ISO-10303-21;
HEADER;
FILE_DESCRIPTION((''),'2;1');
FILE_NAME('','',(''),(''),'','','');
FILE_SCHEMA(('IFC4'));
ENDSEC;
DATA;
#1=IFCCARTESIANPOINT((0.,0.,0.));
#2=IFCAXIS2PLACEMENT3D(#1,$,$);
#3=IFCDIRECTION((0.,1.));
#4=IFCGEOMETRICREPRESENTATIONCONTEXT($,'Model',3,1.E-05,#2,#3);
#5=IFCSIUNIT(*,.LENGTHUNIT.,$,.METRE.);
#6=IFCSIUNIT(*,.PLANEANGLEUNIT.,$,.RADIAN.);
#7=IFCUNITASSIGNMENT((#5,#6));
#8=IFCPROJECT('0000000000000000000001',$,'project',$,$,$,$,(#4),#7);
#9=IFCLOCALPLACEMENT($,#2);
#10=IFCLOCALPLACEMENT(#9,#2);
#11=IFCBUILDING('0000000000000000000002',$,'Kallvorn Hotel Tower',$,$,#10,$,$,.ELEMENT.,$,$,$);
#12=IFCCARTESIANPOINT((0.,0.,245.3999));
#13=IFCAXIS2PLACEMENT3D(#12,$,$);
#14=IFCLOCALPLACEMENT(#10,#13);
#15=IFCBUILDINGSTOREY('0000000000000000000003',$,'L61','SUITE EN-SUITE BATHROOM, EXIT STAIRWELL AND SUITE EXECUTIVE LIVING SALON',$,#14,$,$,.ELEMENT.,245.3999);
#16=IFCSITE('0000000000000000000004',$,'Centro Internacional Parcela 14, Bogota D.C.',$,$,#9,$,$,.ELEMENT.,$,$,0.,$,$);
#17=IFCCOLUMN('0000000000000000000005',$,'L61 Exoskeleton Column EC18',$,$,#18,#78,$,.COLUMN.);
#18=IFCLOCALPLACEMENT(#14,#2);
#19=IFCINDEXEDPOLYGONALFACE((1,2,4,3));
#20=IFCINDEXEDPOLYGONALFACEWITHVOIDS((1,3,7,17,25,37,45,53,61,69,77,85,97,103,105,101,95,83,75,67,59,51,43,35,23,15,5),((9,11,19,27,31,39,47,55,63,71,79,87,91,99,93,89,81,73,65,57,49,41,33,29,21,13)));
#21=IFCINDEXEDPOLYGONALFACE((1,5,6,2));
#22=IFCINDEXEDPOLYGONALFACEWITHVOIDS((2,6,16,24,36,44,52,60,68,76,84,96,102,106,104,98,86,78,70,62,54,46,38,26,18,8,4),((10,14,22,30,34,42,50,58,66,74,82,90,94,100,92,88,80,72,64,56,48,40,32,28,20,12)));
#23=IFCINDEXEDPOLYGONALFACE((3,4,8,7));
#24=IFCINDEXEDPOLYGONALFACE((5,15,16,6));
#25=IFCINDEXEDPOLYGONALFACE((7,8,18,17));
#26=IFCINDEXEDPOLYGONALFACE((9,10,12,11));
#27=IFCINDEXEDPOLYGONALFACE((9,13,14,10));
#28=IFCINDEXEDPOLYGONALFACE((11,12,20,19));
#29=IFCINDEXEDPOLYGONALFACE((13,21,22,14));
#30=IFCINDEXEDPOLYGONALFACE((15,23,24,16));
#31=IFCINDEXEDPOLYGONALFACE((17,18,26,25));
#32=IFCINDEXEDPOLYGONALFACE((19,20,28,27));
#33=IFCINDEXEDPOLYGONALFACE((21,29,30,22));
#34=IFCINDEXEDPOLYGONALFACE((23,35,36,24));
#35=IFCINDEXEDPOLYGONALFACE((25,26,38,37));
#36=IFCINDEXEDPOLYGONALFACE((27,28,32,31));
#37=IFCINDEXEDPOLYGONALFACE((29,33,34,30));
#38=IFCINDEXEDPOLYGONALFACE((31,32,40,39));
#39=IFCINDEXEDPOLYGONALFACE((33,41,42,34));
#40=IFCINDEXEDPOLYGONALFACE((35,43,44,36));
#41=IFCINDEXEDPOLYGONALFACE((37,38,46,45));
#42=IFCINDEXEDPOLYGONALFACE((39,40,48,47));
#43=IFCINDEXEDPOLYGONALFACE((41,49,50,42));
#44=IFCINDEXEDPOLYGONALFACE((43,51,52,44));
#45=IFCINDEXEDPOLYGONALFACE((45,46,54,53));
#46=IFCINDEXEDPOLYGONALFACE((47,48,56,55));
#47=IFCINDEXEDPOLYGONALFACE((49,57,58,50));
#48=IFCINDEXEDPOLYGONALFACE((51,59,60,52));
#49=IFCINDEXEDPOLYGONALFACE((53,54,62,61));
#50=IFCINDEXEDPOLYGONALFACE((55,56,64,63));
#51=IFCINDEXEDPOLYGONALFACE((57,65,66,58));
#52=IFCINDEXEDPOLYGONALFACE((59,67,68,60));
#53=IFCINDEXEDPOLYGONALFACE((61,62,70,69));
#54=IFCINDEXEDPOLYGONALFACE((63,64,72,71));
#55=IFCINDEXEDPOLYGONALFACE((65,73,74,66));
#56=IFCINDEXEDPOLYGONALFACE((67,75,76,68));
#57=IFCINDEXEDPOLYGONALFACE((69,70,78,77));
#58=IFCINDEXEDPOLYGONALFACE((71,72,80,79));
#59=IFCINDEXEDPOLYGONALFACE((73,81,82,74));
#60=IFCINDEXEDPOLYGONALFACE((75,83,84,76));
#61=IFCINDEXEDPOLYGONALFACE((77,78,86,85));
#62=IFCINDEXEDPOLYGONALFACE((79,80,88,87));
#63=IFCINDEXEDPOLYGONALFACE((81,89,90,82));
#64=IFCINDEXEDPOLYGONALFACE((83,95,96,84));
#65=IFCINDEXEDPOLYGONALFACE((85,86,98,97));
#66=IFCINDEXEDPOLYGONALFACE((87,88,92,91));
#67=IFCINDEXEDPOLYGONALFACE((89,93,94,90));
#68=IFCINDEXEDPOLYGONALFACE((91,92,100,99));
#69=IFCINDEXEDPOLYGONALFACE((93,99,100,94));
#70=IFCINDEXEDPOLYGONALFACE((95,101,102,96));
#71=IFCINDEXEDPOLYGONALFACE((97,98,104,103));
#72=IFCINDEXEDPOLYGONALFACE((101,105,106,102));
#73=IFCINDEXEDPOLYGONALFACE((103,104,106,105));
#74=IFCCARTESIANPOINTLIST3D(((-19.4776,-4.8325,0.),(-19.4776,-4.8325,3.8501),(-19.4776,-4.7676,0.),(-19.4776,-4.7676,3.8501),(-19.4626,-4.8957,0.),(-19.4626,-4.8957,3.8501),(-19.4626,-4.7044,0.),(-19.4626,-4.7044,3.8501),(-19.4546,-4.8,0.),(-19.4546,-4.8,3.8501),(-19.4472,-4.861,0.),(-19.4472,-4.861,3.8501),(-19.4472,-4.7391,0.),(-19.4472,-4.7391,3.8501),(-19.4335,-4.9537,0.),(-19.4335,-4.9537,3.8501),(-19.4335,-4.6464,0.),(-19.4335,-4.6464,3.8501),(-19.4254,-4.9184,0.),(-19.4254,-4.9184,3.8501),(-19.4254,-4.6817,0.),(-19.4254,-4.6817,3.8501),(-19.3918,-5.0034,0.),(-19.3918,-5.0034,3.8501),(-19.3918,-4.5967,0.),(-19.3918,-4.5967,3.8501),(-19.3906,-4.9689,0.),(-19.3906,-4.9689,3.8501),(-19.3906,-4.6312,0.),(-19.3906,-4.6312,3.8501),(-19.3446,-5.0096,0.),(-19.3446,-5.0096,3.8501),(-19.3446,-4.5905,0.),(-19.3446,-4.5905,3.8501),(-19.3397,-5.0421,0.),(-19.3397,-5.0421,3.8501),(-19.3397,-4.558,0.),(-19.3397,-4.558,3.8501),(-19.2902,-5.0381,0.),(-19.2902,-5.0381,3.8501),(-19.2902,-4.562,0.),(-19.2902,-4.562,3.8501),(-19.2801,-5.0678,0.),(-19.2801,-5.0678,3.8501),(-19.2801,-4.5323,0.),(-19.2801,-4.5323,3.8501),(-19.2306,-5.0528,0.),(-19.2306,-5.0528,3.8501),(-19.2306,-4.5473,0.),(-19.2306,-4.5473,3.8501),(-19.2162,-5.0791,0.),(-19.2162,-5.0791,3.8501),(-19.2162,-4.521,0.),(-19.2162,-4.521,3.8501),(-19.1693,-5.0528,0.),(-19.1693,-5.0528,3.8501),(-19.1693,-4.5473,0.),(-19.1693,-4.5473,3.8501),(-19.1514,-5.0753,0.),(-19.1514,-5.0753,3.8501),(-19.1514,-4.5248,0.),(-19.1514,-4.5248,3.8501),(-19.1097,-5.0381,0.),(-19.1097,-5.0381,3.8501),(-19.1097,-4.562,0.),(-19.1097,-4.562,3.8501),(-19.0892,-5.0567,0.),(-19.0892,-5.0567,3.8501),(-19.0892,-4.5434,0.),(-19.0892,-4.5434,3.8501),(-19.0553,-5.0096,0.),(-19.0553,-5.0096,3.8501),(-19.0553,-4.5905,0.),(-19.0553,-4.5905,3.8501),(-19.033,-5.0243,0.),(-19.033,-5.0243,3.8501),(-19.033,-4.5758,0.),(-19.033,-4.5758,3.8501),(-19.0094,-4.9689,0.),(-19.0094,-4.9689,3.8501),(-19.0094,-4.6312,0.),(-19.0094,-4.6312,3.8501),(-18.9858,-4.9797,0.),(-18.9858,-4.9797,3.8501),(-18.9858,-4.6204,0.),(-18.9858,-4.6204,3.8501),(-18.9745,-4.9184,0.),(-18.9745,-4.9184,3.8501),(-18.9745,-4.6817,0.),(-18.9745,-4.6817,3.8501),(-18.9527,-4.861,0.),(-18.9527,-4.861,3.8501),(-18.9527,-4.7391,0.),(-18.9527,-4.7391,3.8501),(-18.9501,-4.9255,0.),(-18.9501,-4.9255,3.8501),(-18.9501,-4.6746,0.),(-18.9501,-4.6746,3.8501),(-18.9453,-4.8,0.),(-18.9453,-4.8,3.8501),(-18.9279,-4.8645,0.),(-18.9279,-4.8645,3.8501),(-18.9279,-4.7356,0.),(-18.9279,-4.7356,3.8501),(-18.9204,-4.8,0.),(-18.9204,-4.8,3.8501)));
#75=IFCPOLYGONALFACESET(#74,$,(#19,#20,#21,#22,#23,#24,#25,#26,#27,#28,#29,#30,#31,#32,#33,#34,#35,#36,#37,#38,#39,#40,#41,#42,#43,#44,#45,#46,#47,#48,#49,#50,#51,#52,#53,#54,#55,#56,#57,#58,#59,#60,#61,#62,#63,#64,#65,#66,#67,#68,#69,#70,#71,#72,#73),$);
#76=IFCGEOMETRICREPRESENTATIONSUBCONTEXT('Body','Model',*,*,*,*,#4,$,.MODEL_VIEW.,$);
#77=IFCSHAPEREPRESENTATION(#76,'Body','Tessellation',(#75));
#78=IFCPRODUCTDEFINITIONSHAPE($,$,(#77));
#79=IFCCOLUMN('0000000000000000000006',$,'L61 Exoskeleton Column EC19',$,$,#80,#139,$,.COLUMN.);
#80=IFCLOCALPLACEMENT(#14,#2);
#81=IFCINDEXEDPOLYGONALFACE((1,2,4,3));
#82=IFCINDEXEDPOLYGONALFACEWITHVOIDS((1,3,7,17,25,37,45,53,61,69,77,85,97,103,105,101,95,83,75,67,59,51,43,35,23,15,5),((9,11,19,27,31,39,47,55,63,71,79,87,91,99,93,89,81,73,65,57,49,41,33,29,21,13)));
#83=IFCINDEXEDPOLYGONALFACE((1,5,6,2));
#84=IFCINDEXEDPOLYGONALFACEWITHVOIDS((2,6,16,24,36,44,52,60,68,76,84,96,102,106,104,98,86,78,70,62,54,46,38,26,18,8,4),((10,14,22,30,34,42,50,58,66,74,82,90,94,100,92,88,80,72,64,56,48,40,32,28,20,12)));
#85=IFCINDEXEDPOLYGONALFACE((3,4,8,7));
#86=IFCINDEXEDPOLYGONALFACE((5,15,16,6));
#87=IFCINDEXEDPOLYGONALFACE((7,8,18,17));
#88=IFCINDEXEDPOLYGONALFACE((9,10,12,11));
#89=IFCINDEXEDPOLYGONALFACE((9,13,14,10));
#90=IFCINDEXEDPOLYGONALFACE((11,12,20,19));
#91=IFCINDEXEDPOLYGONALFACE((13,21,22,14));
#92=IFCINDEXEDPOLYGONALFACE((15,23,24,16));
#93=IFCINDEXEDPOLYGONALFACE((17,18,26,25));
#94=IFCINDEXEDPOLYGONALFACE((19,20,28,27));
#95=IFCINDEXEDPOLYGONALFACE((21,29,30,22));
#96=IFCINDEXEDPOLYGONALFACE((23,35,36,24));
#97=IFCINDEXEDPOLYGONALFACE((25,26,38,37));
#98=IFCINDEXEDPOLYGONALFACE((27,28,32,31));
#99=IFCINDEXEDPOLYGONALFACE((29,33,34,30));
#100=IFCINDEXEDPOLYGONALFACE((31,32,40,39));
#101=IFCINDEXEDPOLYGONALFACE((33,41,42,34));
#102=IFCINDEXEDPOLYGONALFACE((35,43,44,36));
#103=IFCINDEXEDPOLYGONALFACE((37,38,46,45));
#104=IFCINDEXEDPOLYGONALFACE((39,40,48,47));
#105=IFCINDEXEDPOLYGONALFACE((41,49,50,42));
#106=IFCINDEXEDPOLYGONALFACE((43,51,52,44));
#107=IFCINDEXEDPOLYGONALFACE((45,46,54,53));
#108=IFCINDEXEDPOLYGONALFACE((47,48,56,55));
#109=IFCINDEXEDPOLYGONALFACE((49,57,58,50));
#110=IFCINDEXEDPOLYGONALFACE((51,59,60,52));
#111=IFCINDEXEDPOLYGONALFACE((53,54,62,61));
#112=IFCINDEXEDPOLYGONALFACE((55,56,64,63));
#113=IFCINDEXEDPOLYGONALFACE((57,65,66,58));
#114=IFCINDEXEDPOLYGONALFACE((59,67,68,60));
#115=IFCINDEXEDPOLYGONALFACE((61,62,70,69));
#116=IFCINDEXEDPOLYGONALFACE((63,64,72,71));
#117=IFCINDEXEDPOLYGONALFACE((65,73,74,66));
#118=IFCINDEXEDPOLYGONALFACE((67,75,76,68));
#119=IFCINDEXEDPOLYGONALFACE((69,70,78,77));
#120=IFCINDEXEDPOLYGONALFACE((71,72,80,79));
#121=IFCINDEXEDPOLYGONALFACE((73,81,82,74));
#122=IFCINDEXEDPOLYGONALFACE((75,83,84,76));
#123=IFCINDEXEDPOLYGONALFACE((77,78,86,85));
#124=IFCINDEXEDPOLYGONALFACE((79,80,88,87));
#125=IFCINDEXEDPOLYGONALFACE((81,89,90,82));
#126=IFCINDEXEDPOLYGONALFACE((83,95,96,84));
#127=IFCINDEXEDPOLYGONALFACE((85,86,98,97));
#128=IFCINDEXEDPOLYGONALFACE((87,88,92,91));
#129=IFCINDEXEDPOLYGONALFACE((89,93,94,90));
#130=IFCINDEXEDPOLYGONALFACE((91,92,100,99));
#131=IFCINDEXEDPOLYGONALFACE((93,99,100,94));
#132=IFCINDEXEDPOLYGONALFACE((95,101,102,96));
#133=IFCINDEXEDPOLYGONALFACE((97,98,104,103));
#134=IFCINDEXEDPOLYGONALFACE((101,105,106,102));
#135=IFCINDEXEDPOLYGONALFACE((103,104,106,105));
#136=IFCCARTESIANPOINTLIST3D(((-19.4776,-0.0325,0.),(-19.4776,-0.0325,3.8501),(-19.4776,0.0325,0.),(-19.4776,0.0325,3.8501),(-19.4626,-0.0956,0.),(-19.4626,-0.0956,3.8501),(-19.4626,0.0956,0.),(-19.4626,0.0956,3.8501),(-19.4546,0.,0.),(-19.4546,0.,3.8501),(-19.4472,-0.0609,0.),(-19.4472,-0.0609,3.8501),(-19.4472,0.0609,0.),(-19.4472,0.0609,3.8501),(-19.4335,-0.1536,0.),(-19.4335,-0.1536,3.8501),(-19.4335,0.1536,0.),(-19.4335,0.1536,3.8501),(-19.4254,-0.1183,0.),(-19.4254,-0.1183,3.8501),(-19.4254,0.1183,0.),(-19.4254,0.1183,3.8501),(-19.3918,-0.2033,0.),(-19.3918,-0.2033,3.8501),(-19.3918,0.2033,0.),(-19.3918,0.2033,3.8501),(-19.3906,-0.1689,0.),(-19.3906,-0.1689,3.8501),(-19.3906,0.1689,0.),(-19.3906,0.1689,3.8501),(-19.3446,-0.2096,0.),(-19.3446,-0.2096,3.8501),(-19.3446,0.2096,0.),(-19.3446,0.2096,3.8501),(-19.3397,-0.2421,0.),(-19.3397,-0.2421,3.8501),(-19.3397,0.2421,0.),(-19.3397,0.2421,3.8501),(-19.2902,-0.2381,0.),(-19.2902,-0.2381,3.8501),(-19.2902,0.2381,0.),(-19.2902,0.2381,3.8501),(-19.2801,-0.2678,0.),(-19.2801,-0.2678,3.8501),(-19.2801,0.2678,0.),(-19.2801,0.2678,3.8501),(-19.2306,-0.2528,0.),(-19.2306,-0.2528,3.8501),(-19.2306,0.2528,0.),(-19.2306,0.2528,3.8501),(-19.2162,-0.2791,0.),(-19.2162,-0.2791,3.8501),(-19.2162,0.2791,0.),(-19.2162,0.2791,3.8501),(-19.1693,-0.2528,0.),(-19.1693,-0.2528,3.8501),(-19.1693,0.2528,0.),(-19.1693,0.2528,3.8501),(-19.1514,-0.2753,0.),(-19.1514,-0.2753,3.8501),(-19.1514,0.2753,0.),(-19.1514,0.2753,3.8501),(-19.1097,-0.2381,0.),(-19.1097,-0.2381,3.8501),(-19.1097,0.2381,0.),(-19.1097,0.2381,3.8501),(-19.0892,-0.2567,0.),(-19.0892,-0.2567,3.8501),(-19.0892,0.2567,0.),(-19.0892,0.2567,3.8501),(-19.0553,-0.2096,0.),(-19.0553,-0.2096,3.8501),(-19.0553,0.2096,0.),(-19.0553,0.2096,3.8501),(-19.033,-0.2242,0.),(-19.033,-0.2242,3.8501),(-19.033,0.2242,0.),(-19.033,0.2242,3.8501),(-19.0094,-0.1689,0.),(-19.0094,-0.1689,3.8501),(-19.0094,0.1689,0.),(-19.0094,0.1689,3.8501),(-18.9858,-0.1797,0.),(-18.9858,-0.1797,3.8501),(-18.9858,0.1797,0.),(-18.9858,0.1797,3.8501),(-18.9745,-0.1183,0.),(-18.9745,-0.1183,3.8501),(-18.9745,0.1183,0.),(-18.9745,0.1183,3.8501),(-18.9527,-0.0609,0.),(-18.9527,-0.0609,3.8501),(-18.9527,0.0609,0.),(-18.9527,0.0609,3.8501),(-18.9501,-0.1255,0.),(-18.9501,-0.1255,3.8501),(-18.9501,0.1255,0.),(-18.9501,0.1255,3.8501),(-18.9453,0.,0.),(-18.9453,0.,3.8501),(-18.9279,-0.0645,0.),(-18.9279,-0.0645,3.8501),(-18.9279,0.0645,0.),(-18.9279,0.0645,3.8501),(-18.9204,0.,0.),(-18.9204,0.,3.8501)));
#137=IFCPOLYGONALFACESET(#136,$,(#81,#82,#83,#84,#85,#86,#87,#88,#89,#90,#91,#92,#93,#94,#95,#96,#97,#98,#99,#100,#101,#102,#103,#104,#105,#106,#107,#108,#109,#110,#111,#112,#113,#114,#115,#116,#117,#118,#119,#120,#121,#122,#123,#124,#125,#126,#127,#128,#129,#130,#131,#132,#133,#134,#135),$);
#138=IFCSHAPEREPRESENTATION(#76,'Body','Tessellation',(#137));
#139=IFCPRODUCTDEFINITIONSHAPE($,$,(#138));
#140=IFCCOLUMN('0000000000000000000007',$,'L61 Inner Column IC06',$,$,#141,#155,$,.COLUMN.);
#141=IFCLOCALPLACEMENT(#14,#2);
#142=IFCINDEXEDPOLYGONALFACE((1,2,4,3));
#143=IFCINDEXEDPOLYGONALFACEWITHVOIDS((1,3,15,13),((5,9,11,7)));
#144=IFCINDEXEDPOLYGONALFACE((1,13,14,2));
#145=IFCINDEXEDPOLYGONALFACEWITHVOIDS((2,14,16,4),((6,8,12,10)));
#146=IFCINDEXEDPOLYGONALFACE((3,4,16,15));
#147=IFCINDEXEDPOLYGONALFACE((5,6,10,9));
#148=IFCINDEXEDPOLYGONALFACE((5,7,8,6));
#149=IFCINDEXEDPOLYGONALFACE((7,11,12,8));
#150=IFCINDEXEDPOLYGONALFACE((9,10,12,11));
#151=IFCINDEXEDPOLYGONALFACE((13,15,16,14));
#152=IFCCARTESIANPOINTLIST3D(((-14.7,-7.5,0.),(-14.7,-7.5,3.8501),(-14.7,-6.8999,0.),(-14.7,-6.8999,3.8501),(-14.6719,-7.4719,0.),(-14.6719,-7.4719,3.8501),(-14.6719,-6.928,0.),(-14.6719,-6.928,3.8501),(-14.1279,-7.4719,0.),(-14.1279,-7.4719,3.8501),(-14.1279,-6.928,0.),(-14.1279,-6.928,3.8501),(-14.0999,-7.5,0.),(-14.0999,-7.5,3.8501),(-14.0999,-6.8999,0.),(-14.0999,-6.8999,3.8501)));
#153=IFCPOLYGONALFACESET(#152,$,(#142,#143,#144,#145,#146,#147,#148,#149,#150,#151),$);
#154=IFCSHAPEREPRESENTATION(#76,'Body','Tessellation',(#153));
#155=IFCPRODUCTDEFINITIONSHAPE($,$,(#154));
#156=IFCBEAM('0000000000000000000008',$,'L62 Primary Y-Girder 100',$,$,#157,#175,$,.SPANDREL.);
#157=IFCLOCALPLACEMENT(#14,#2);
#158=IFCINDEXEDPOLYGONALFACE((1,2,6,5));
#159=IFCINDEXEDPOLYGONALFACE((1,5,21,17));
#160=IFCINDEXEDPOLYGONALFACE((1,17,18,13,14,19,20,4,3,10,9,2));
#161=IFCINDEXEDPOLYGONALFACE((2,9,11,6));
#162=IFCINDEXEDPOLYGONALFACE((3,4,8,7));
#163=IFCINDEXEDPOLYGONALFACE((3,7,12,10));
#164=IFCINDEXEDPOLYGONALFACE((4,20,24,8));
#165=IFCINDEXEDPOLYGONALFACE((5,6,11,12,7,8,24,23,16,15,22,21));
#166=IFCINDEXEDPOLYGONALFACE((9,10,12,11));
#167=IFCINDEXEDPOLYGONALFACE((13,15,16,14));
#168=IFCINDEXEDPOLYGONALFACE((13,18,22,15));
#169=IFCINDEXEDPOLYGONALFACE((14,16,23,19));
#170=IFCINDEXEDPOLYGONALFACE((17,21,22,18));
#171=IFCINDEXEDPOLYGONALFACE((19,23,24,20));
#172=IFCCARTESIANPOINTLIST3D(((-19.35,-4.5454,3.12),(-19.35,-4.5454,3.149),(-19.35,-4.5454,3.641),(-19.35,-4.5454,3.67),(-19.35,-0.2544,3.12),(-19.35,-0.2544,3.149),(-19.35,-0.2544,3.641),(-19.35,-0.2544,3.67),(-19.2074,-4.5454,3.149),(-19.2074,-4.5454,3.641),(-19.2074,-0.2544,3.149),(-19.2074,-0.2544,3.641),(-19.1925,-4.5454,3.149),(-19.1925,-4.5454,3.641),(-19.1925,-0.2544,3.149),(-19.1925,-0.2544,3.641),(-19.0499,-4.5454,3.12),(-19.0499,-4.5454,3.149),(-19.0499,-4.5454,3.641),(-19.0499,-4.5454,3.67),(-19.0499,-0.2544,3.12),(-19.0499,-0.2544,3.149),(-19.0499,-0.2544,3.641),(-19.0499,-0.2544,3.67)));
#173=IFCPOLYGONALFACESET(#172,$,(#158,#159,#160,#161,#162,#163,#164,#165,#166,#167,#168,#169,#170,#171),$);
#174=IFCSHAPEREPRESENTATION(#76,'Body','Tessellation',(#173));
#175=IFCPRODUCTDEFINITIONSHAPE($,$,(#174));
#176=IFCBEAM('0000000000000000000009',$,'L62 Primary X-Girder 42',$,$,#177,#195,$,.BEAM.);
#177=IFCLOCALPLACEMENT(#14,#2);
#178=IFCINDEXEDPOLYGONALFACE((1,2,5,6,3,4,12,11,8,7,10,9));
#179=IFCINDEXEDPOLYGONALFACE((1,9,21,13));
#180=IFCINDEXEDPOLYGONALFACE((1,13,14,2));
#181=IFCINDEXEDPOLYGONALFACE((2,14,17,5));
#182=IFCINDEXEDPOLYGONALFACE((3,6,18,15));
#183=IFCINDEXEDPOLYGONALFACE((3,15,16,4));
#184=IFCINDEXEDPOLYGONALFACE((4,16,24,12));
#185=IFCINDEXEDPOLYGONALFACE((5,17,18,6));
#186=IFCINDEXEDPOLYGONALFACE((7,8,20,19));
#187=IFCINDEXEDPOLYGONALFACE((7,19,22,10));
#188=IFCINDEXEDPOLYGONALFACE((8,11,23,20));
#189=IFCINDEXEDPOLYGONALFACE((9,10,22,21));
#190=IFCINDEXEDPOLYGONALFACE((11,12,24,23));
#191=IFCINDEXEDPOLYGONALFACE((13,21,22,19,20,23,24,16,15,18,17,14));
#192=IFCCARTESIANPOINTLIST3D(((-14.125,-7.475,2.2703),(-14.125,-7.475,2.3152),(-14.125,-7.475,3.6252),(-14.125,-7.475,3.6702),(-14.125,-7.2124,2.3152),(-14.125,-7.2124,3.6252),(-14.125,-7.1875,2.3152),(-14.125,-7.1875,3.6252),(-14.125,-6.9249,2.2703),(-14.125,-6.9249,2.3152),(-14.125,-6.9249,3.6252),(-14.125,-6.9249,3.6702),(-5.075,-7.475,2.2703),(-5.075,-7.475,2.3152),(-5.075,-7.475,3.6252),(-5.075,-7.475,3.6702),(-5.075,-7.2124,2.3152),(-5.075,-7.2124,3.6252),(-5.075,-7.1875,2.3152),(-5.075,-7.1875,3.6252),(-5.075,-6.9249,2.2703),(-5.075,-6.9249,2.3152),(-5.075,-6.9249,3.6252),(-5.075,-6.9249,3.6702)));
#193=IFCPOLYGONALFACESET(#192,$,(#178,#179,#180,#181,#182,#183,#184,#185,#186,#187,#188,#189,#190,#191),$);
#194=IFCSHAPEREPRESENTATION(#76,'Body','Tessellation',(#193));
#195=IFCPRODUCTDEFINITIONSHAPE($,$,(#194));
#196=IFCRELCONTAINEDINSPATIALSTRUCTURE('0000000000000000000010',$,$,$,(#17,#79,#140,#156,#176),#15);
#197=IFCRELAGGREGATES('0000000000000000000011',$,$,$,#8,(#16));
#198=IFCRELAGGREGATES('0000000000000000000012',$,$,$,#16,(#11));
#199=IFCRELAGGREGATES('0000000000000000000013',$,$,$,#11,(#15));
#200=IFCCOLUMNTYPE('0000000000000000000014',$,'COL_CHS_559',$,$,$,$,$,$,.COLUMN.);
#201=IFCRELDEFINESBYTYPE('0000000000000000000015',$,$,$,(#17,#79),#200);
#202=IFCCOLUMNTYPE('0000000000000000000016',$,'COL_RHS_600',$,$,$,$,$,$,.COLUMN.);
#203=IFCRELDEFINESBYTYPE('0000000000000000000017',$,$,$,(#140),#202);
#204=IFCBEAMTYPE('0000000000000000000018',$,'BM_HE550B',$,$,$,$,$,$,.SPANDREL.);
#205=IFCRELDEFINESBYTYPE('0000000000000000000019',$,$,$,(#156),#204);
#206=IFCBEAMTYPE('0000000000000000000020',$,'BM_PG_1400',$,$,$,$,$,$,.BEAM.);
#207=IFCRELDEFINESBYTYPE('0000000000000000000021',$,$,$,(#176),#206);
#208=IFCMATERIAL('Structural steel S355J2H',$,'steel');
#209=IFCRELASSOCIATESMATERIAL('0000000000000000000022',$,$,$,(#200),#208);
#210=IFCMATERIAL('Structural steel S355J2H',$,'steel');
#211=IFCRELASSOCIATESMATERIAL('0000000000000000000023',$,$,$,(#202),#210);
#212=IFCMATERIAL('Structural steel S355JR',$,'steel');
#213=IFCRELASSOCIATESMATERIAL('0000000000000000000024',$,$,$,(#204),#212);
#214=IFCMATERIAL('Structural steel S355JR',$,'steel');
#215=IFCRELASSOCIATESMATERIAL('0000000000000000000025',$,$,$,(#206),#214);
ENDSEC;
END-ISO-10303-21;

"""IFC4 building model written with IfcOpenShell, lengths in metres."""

from ifc_helpers import new_model, si_unit, direction, frame, origin, origin_2d, place, context, subcontext, project, spatial, hollow_rectangle, hollow_circle, i_section, extrude, material, material_profile, profile_set, type_object, element, save


model = new_model("IFC4")

# Units and contexts
model_context = context("Model", 3, precision=1e-05, world=origin(), true_north=direction((0.0, 1.0)))
body_context = subcontext(model_context, "Body", "Model", "MODEL_VIEW")
ifc_project = project(units=[si_unit("LENGTHUNIT", "METRE"), si_unit("PLANEANGLEUNIT", "RADIAN")], contexts=[model_context])

# Site, building, storey
site_placement = place(None, origin())
site = spatial("IfcSite", under=ifc_project, at=site_placement, Name="Centro Internacional Parcela 14, Bogota D.C.", CompositionType="ELEMENT", RefElevation=0.0)
building_placement = place(site_placement, origin())
building = spatial("IfcBuilding", under=site, at=building_placement, Name="Kallvorn Hotel Tower", CompositionType="ELEMENT")
storey_placement = place(building_placement, frame((0.0, 0.0, 245.3999)))
storey = spatial("IfcBuildingStorey", under=building, at=storey_placement, Name="L61", Description="SUITE EN-SUITE BATHROOM, EXIT STAIRWELL AND SUITE EXECUTIVE LIVING SALON", CompositionType="ELEMENT", Elevation=245.3999)

# Columns
ifc_material_1 = material(Name="Structural steel S355J2H", Category="steel")
ifc_material_profile_1 = material_profile(ifc_material_1, hollow_circle(Radius=0.2795, WallThickness=0.0249, at=origin_2d()), Name="CHS 559x25")
ifc_profile_set_1 = profile_set([ifc_material_profile_1], Name="Structural steel S355J2H")
column_type_1 = type_object("IfcColumnType", Name="COL_CHS_559", PredefinedType="COLUMN", material=ifc_profile_set_1)
for number, where, z_axis, x_axis, name in (
    (1, (-19.2, -4.8, 0.0), (0.0, 0.0, 1.0), (1.0, 0.0, 0.0), "L61 Exoskeleton Column EC18"),
    (2, (-19.2, 0.0, 0.0), (0.0, 0.0, 1.0), (1.0, 0.0, 0.0), "L61 Exoskeleton Column EC19"),
):
    element("IfcColumn", number, at=place(storey_placement, frame(where, z_axis=z_axis, x_axis=x_axis)), inside=storey, type_object=column_type_1, Name=name, PredefinedType="COLUMN", context=body_context, shape_type="SweptSolid", body=[
        extrude(hollow_circle(Radius=0.2795, WallThickness=0.0249, at=origin_2d()), origin(), (0.0, 0.0, 1.0), 3.8501),
    ])
ifc_material_2 = material(Name="Structural steel S355J2H", Category="steel")
ifc_material_profile_2 = material_profile(ifc_material_2, hollow_rectangle(XDim=0.6001, YDim=0.6001, WallThickness=0.0281, at=origin_2d()), Name="RHS 600x600x28")
ifc_profile_set_2 = profile_set([ifc_material_profile_2], Name="Structural steel S355J2H")
column_type_2 = type_object("IfcColumnType", Name="COL_RHS_600", PredefinedType="COLUMN", material=ifc_profile_set_2)
column_placement = place(storey_placement, frame((-14.3999, -7.2, 0.0), z_axis=(0.0, 0.0, 1.0), x_axis=(1.0, 0.0, 0.0)))
element("IfcColumn", 3, at=column_placement, inside=storey, type_object=column_type_2, Name="L61 Inner Column IC06", PredefinedType="COLUMN", context=body_context, shape_type="SweptSolid", body=[
    extrude(hollow_rectangle(XDim=0.6001, YDim=0.6001, WallThickness=0.0281, at=origin_2d()), origin(), (0.0, 0.0, 1.0), 3.8501),
])

# Beams
ifc_material_3 = material(Name="Structural steel S355JR", Category="steel")
ifc_material_profile_3 = material_profile(ifc_material_3, i_section(OverallWidth=0.3, OverallDepth=0.55, WebThickness=0.0149, FlangeThickness=0.0291, at=origin_2d()), Name="HE 550 B")
ifc_profile_set_3 = profile_set([ifc_material_profile_3], Name="Structural steel S355JR")
beam_type_1 = type_object("IfcBeamType", Name="BM_HE550B", PredefinedType="SPANDREL", material=ifc_profile_set_3)
beam_1_placement = place(storey_placement, frame((-19.2, -4.5454, 3.395), z_axis=(0.0, 1.0, 0.0), x_axis=(-1.0, 0.0, 0.0)))
element("IfcBeam", 4, at=beam_1_placement, inside=storey, type_object=beam_type_1, Name="L62 Primary Y-Girder 100", PredefinedType="SPANDREL", context=body_context, shape_type="SweptSolid", body=[
    extrude(i_section(OverallWidth=0.3, OverallDepth=0.55, WebThickness=0.0149, FlangeThickness=0.0291, at=origin_2d()), origin(), (0.0, 0.0, 1.0), 4.291),
])
ifc_material_4 = material(Name="Structural steel S355JR", Category="steel")
ifc_material_profile_4 = material_profile(ifc_material_4, i_section(OverallWidth=0.55, OverallDepth=1.3999, WebThickness=0.0249, FlangeThickness=0.0449, at=origin_2d()), Name="PG 1400x550x25x45")
ifc_profile_set_4 = profile_set([ifc_material_profile_4], Name="Structural steel S355JR")
beam_type_2 = type_object("IfcBeamType", Name="BM_PG_1400", PredefinedType="BEAM", material=ifc_profile_set_4)
beam_2_placement = place(storey_placement, frame((-14.125, -7.2, 2.9702), z_axis=(1.0, 0.0, 0.0), x_axis=(0.0, 1.0, 0.0)))
element("IfcBeam", 5, at=beam_2_placement, inside=storey, type_object=beam_type_2, Name="L62 Primary X-Girder 42", PredefinedType="BEAM", context=body_context, shape_type="SweptSolid", body=[
    extrude(i_section(OverallWidth=0.55, OverallDepth=1.3999, WebThickness=0.0249, FlangeThickness=0.0449, at=origin_2d()), origin(), (0.0, 0.0, 1.0), 9.05),
])

save(model, "model.ifc")
